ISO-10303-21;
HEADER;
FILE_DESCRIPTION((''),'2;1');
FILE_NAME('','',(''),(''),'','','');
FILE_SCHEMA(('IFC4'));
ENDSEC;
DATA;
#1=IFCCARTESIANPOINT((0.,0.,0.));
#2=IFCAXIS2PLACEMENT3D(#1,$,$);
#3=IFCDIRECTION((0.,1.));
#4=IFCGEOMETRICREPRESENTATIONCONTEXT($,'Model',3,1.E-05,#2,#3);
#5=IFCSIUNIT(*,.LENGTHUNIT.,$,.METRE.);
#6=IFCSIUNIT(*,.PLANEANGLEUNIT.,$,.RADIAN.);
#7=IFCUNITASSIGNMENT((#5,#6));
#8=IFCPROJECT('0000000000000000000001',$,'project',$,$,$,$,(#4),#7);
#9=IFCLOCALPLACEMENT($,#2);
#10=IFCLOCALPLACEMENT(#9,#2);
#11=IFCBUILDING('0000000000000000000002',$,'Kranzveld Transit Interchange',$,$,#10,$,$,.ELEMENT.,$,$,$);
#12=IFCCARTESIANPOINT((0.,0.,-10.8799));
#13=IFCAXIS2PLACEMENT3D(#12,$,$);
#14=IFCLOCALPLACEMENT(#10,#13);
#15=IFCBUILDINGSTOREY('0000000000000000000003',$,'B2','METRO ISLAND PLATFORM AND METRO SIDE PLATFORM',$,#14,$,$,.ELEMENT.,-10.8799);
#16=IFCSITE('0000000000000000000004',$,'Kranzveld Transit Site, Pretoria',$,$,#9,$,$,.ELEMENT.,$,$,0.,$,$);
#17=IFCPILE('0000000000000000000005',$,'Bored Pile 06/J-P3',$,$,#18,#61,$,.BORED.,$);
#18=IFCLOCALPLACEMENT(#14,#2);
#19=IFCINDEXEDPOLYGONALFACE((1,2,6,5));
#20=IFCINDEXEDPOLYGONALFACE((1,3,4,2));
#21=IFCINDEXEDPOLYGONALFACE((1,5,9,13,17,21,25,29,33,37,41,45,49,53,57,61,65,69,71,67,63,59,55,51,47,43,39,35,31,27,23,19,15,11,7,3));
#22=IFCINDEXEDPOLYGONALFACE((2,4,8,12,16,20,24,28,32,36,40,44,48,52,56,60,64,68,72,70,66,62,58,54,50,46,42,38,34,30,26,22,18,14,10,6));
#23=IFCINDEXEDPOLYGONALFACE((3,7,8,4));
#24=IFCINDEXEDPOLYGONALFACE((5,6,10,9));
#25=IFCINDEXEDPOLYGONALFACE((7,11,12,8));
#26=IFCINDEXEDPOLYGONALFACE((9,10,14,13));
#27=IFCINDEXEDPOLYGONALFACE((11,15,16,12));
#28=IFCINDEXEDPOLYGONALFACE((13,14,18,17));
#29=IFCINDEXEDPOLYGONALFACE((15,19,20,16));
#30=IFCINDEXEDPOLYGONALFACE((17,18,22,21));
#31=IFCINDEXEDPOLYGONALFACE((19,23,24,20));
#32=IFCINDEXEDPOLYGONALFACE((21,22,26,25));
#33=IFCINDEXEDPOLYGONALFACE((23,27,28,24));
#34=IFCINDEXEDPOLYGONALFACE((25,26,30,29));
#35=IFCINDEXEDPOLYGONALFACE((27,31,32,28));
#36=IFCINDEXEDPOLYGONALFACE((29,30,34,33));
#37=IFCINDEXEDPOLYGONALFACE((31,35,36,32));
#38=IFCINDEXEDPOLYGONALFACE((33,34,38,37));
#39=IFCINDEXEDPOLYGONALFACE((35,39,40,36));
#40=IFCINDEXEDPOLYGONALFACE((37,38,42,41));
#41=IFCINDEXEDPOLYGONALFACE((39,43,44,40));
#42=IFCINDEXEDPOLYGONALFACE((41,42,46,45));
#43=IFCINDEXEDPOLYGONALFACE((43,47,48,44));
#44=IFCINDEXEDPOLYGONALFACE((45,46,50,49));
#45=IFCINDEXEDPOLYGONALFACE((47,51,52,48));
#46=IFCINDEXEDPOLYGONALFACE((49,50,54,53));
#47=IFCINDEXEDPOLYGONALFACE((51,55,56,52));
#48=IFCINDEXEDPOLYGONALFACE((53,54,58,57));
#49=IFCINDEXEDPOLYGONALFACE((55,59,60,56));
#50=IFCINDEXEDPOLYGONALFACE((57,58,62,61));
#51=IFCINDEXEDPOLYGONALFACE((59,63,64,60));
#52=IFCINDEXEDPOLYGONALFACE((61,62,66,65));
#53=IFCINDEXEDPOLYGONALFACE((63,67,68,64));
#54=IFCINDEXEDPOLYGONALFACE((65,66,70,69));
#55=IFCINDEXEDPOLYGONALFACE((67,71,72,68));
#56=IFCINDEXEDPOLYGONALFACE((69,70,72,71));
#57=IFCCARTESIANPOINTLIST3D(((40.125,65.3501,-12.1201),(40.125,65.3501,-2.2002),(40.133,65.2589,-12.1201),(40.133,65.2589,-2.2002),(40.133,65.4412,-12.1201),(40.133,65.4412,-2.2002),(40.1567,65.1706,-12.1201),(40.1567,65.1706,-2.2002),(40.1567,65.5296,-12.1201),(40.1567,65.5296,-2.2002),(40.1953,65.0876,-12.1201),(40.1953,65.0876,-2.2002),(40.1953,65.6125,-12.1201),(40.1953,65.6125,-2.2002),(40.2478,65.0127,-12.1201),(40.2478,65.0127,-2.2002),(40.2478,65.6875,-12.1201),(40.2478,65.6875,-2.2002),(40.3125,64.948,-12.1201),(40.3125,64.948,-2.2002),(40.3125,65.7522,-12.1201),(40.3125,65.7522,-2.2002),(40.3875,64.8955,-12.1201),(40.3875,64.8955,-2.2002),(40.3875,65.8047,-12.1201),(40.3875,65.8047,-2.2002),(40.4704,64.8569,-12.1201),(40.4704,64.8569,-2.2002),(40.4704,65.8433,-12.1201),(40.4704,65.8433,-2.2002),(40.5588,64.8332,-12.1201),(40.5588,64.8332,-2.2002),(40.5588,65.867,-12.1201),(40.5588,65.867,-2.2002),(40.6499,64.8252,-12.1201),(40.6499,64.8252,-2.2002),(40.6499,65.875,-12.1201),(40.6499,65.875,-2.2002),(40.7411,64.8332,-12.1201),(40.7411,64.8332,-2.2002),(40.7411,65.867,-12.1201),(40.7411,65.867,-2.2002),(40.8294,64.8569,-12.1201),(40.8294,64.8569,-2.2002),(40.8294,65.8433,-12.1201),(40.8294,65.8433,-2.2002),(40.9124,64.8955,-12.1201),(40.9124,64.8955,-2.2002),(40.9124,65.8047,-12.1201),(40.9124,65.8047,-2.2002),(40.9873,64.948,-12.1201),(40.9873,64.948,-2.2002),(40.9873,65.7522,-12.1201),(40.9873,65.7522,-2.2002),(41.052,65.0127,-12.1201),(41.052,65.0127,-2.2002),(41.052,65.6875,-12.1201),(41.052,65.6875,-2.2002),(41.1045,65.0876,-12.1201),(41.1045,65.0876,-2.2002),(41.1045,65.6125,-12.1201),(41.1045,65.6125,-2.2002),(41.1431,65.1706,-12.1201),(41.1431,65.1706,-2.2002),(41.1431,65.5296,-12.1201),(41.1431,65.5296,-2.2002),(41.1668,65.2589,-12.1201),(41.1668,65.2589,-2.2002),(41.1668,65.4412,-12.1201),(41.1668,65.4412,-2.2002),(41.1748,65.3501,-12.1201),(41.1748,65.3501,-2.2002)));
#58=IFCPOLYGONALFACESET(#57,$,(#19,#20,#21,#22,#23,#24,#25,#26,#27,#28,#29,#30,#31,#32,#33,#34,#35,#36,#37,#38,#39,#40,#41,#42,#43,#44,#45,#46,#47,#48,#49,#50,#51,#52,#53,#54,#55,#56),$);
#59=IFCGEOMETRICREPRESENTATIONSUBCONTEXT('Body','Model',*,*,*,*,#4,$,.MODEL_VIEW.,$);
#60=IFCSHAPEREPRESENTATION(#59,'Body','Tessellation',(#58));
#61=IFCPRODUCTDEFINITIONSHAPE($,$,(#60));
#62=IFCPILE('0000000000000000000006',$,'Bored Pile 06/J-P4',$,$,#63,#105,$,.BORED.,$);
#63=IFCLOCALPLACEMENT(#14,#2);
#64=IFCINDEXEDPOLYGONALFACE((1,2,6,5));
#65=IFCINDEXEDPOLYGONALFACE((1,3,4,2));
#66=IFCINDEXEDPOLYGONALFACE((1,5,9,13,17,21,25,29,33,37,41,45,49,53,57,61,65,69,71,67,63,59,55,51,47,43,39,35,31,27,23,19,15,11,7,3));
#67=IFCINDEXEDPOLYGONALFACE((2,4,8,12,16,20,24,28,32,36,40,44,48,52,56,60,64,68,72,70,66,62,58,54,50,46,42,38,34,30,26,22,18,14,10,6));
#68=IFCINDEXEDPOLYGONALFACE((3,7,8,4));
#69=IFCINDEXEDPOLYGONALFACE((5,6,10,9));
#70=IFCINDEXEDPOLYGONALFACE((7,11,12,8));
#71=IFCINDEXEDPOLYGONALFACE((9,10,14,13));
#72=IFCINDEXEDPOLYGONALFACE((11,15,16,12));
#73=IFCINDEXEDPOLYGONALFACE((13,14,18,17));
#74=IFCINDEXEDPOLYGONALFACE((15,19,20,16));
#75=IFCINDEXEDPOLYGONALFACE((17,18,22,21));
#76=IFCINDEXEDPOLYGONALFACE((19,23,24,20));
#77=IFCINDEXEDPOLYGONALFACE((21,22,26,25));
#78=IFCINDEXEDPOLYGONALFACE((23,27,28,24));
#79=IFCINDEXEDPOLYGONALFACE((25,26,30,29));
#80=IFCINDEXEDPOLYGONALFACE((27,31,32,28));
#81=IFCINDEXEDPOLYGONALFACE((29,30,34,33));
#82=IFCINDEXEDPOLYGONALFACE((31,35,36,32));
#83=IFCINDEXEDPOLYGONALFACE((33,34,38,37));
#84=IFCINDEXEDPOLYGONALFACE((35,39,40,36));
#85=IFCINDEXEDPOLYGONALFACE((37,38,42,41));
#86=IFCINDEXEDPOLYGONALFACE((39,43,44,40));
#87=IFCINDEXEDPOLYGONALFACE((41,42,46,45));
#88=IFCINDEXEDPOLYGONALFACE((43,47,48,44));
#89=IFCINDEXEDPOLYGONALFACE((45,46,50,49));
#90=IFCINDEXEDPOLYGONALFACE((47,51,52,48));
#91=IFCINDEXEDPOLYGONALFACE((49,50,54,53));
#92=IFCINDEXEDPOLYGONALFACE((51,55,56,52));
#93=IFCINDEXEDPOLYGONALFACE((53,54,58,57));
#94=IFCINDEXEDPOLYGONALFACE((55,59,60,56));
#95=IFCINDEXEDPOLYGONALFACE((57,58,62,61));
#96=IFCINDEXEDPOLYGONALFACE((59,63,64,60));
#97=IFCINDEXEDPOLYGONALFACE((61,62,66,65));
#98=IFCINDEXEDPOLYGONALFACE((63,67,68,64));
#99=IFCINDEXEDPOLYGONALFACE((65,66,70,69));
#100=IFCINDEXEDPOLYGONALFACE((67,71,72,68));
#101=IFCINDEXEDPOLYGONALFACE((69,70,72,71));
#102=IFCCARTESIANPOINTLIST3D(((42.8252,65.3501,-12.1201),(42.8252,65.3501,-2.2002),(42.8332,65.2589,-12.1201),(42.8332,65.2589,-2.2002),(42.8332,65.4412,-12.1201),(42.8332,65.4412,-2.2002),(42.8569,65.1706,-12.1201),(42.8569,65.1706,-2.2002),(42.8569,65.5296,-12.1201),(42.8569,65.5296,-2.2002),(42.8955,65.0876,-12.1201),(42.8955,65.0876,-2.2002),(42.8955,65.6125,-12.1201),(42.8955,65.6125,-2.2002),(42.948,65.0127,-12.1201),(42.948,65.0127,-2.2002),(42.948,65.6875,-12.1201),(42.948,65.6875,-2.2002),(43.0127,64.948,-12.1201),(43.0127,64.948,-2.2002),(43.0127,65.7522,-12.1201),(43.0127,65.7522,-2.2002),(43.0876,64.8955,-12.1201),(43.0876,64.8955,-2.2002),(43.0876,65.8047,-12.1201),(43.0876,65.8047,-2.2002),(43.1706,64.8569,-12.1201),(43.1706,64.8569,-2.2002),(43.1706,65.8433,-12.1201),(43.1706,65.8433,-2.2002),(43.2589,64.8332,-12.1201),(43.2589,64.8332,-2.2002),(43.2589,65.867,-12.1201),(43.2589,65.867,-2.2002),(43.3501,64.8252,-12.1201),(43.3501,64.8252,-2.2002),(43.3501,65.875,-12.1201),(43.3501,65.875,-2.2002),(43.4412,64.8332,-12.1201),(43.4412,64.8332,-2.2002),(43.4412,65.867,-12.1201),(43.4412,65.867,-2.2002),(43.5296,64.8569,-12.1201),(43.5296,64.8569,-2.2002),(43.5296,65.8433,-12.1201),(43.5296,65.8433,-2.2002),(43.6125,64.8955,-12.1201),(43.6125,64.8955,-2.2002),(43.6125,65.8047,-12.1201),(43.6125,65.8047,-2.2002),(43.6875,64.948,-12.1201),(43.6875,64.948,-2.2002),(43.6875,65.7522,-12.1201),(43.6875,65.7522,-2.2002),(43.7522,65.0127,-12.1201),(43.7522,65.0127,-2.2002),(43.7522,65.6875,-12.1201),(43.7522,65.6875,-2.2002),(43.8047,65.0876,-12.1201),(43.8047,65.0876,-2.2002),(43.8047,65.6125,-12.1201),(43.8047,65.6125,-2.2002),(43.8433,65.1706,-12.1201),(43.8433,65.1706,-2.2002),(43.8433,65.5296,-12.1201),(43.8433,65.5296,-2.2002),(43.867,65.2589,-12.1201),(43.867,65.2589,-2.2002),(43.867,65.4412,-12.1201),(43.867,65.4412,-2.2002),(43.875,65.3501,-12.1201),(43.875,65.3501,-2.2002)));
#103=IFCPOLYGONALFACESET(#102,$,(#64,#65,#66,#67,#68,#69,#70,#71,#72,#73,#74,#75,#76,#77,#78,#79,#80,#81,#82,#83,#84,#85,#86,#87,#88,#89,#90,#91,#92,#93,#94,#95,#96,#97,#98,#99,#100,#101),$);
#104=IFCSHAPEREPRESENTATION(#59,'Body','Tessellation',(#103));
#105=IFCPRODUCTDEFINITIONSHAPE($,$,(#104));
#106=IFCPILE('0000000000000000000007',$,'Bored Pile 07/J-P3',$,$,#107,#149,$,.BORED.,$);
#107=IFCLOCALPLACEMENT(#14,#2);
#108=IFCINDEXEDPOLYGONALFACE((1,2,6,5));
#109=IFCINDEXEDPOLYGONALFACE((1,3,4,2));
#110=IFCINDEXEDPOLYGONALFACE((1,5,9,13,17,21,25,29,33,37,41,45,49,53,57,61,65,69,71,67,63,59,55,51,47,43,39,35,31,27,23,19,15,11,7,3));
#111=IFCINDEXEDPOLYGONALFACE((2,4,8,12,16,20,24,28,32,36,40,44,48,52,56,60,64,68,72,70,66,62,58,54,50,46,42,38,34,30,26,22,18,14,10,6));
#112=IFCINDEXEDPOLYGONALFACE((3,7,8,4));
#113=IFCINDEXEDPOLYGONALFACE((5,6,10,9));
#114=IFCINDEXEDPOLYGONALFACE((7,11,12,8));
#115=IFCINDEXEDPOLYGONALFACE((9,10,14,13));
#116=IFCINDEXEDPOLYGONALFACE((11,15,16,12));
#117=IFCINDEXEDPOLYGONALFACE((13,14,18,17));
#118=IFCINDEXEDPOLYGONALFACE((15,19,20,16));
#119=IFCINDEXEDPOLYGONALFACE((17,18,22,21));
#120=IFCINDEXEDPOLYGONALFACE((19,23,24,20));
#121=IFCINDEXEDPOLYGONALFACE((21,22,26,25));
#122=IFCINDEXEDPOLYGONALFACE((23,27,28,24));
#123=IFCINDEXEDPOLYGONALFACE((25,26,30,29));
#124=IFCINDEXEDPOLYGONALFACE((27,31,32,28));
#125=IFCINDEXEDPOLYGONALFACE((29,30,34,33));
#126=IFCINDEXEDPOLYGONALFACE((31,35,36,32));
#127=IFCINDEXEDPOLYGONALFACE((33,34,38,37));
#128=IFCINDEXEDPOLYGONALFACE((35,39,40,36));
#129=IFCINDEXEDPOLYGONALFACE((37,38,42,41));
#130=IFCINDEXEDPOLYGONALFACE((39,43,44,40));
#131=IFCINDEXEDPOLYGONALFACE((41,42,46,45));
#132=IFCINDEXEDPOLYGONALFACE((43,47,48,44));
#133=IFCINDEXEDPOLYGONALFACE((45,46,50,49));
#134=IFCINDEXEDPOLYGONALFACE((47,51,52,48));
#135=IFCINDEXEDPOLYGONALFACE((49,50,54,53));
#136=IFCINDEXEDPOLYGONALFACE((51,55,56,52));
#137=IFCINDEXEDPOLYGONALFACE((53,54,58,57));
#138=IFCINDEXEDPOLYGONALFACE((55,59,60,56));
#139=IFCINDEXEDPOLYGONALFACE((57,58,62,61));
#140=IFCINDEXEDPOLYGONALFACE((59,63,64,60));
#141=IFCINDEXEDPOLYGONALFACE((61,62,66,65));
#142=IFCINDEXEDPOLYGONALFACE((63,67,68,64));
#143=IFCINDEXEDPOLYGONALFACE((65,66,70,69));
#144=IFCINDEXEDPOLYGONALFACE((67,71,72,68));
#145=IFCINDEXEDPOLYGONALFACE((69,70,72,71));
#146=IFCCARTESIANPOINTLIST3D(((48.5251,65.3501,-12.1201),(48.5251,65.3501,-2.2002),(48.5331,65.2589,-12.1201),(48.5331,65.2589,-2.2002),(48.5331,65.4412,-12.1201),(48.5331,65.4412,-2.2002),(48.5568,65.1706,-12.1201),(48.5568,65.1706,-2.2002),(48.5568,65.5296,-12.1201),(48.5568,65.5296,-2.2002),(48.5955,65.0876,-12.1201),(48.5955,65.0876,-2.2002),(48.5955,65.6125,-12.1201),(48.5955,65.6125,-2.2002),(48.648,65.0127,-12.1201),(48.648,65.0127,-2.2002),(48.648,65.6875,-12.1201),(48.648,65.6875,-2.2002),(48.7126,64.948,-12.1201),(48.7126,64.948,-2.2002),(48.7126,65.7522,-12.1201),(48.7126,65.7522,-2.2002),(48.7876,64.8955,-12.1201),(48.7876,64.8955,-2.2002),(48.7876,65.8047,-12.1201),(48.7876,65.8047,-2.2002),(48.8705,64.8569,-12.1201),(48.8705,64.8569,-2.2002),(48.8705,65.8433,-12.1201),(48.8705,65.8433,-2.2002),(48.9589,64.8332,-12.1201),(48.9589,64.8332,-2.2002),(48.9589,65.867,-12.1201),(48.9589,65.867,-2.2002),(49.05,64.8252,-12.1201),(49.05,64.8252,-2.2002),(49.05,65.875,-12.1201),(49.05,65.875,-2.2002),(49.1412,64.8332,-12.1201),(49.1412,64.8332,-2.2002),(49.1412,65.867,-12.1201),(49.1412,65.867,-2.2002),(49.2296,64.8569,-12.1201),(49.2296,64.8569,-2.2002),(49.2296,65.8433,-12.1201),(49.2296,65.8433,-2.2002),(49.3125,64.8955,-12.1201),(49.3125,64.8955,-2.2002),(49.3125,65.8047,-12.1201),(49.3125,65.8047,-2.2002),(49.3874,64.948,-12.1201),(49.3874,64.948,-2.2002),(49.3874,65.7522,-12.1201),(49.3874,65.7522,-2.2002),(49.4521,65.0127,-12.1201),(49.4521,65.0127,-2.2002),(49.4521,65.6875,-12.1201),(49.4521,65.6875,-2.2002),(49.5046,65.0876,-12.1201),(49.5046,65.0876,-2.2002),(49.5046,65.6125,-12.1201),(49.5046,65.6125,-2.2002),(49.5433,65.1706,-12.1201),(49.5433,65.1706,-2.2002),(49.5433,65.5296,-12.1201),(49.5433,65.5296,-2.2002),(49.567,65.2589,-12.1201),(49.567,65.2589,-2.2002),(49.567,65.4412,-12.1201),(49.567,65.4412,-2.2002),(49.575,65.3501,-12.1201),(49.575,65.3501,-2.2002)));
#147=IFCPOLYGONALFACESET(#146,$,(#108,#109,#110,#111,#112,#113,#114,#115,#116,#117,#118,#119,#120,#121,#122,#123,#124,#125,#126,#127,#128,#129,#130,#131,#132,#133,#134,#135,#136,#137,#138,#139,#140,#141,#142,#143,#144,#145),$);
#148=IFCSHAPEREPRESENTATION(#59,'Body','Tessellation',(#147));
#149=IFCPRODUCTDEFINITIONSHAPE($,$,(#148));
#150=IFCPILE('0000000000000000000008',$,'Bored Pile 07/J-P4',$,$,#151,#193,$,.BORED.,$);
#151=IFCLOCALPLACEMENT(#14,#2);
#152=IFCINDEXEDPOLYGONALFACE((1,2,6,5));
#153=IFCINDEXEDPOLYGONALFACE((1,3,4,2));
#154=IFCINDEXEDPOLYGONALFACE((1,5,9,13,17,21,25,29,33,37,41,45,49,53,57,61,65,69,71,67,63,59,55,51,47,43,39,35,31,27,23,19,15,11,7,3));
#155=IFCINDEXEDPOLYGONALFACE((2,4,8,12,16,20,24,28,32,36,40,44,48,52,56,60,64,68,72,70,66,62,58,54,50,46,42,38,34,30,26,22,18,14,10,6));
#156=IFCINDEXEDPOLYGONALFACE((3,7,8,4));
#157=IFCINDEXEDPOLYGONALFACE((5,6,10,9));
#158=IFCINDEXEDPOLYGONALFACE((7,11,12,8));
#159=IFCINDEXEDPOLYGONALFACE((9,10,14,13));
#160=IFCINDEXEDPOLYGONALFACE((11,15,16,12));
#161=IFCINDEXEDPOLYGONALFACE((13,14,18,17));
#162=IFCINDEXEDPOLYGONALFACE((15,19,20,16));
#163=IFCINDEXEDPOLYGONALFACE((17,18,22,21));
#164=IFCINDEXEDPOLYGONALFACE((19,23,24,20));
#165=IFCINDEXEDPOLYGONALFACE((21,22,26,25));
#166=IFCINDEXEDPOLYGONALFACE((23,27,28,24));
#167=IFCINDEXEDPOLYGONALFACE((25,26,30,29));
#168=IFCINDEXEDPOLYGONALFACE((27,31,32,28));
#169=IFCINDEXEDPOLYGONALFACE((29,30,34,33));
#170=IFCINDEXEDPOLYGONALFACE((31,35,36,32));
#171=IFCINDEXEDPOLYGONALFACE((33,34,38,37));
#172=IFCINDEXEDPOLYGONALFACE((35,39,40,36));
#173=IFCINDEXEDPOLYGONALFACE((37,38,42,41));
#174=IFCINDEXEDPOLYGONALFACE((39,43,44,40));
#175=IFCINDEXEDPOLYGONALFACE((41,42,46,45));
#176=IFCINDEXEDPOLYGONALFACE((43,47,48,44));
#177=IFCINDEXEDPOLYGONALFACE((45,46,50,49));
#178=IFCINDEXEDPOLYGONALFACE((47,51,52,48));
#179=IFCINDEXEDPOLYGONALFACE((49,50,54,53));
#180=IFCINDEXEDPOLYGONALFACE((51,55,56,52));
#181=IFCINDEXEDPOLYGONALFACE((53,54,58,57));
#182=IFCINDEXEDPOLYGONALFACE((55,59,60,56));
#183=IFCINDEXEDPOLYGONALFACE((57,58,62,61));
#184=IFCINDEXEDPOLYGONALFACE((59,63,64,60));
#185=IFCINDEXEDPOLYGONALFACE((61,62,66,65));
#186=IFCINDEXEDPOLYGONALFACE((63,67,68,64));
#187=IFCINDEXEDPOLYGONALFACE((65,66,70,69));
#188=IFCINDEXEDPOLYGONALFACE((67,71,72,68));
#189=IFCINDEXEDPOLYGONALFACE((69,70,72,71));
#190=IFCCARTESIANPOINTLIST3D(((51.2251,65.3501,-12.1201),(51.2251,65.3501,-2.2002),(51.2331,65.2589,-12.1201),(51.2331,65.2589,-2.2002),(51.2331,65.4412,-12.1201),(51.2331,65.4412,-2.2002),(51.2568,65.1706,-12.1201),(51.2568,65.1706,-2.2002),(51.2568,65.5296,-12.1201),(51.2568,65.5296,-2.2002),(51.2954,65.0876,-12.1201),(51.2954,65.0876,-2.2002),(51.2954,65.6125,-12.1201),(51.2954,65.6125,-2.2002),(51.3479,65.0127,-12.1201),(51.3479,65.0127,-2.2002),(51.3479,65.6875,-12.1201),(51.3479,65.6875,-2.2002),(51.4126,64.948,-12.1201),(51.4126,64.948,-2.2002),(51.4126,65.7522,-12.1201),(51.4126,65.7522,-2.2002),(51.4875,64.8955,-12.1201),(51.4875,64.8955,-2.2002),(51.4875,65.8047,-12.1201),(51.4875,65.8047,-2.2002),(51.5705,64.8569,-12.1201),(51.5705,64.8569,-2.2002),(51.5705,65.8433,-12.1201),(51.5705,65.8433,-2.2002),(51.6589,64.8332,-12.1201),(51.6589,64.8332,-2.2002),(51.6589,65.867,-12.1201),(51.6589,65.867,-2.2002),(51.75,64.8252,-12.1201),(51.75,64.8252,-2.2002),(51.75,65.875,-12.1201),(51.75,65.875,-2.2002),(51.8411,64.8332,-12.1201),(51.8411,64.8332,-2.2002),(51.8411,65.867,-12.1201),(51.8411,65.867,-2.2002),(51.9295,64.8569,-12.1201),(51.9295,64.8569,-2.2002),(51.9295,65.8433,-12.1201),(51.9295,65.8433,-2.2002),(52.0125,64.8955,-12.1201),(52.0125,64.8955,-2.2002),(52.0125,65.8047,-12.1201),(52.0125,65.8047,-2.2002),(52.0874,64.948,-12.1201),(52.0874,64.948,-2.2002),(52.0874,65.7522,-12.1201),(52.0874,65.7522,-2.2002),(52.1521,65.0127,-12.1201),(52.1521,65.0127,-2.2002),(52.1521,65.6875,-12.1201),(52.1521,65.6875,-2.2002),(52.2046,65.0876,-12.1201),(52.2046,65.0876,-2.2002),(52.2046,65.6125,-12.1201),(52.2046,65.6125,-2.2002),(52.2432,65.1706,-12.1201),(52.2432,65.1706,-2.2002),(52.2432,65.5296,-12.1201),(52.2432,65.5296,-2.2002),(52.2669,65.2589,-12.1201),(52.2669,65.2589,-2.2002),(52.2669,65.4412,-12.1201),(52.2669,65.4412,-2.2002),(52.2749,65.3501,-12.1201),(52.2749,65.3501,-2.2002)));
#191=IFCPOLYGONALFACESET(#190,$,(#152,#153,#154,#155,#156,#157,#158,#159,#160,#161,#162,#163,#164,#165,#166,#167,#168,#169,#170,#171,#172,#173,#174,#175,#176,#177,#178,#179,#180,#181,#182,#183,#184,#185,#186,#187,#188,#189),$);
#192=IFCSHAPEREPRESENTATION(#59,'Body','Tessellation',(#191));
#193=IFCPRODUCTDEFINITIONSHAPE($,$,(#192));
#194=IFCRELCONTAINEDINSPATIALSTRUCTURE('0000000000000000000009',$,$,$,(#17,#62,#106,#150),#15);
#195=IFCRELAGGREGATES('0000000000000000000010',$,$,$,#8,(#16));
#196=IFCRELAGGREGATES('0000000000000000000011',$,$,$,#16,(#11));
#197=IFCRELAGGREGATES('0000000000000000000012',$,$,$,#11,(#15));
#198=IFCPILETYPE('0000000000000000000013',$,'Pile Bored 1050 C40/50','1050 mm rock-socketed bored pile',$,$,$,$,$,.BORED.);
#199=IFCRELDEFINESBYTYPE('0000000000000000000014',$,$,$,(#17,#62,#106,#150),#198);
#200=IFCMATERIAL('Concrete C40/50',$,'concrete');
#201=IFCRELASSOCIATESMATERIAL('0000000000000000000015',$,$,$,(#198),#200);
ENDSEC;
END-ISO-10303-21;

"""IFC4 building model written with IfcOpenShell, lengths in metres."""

from ifc_helpers import new_model, si_unit, direction, frame, origin, origin_2d, place, context, subcontext, project, spatial, circle, extrude, material, material_profile, profile_set, type_object, element, save


model = new_model("IFC4")

# Units and contexts
model_context = context("Model", 3, precision=1e-05, world=origin(), true_north=direction((0.0, 1.0)))
body_context = subcontext(model_context, "Body", "Model", "MODEL_VIEW")
ifc_project = project(units=[si_unit("LENGTHUNIT", "METRE"), si_unit("PLANEANGLEUNIT", "RADIAN")], contexts=[model_context])

# Site, building, storey
site_placement = place(None, origin())
site = spatial("IfcSite", under=ifc_project, at=site_placement, Name="Kranzveld Transit Site, Pretoria", CompositionType="ELEMENT", RefElevation=0.0)
building_placement = place(site_placement, origin())
building = spatial("IfcBuilding", under=site, at=building_placement, Name="Kranzveld Transit Interchange", CompositionType="ELEMENT")
storey_placement = place(building_placement, frame((0.0, 0.0, -10.8799)))
storey = spatial("IfcBuildingStorey", under=building, at=storey_placement, Name="B2", Description="METRO ISLAND PLATFORM AND METRO SIDE PLATFORM", CompositionType="ELEMENT", Elevation=-10.8799)

# Piles
ifc_material_1 = material(Name="Concrete C40/50", Category="concrete")
ifc_material_profile_1 = material_profile(ifc_material_1, circle(Radius=0.5249, at=origin_2d()), Name="BORED PILE 1050")
ifc_profile_set_1 = profile_set([ifc_material_profile_1], Name="Concrete C40/50")
pile_type_1 = type_object("IfcPileType", Name="Pile Bored 1050 C40/50", Description="1050 mm rock-socketed bored pile", PredefinedType="BORED", material=ifc_profile_set_1)
for number, where, z_axis, x_axis, name in (
    (1, (40.6499, 65.3501, -2.2002), (0.0, 0.0, -1.0), (1.0, 0.0, 0.0), "Bored Pile 06/J-P3"),
    (2, (43.3501, 65.3501, -2.2002), (0.0, 0.0, -1.0), (1.0, 0.0, 0.0), "Bored Pile 06/J-P4"),
    (3, (49.05, 65.3501, -2.2002), (0.0, 0.0, -1.0), (1.0, 0.0, 0.0), "Bored Pile 07/J-P3"),
    (4, (51.75, 65.3501, -2.2002), (0.0, 0.0, -1.0), (1.0, 0.0, 0.0), "Bored Pile 07/J-P4"),
):
    element("IfcPile", number, at=place(storey_placement, frame(where, z_axis=z_axis, x_axis=x_axis)), inside=storey, type_object=pile_type_1, Name=name, PredefinedType="BORED", context=body_context, shape_type="SweptSolid", body=[
        extrude(circle(Radius=0.5249, at=origin_2d()), origin(), (0.0, 0.0, 1.0), 9.9199),
    ])

save(model, "model.ifc")
